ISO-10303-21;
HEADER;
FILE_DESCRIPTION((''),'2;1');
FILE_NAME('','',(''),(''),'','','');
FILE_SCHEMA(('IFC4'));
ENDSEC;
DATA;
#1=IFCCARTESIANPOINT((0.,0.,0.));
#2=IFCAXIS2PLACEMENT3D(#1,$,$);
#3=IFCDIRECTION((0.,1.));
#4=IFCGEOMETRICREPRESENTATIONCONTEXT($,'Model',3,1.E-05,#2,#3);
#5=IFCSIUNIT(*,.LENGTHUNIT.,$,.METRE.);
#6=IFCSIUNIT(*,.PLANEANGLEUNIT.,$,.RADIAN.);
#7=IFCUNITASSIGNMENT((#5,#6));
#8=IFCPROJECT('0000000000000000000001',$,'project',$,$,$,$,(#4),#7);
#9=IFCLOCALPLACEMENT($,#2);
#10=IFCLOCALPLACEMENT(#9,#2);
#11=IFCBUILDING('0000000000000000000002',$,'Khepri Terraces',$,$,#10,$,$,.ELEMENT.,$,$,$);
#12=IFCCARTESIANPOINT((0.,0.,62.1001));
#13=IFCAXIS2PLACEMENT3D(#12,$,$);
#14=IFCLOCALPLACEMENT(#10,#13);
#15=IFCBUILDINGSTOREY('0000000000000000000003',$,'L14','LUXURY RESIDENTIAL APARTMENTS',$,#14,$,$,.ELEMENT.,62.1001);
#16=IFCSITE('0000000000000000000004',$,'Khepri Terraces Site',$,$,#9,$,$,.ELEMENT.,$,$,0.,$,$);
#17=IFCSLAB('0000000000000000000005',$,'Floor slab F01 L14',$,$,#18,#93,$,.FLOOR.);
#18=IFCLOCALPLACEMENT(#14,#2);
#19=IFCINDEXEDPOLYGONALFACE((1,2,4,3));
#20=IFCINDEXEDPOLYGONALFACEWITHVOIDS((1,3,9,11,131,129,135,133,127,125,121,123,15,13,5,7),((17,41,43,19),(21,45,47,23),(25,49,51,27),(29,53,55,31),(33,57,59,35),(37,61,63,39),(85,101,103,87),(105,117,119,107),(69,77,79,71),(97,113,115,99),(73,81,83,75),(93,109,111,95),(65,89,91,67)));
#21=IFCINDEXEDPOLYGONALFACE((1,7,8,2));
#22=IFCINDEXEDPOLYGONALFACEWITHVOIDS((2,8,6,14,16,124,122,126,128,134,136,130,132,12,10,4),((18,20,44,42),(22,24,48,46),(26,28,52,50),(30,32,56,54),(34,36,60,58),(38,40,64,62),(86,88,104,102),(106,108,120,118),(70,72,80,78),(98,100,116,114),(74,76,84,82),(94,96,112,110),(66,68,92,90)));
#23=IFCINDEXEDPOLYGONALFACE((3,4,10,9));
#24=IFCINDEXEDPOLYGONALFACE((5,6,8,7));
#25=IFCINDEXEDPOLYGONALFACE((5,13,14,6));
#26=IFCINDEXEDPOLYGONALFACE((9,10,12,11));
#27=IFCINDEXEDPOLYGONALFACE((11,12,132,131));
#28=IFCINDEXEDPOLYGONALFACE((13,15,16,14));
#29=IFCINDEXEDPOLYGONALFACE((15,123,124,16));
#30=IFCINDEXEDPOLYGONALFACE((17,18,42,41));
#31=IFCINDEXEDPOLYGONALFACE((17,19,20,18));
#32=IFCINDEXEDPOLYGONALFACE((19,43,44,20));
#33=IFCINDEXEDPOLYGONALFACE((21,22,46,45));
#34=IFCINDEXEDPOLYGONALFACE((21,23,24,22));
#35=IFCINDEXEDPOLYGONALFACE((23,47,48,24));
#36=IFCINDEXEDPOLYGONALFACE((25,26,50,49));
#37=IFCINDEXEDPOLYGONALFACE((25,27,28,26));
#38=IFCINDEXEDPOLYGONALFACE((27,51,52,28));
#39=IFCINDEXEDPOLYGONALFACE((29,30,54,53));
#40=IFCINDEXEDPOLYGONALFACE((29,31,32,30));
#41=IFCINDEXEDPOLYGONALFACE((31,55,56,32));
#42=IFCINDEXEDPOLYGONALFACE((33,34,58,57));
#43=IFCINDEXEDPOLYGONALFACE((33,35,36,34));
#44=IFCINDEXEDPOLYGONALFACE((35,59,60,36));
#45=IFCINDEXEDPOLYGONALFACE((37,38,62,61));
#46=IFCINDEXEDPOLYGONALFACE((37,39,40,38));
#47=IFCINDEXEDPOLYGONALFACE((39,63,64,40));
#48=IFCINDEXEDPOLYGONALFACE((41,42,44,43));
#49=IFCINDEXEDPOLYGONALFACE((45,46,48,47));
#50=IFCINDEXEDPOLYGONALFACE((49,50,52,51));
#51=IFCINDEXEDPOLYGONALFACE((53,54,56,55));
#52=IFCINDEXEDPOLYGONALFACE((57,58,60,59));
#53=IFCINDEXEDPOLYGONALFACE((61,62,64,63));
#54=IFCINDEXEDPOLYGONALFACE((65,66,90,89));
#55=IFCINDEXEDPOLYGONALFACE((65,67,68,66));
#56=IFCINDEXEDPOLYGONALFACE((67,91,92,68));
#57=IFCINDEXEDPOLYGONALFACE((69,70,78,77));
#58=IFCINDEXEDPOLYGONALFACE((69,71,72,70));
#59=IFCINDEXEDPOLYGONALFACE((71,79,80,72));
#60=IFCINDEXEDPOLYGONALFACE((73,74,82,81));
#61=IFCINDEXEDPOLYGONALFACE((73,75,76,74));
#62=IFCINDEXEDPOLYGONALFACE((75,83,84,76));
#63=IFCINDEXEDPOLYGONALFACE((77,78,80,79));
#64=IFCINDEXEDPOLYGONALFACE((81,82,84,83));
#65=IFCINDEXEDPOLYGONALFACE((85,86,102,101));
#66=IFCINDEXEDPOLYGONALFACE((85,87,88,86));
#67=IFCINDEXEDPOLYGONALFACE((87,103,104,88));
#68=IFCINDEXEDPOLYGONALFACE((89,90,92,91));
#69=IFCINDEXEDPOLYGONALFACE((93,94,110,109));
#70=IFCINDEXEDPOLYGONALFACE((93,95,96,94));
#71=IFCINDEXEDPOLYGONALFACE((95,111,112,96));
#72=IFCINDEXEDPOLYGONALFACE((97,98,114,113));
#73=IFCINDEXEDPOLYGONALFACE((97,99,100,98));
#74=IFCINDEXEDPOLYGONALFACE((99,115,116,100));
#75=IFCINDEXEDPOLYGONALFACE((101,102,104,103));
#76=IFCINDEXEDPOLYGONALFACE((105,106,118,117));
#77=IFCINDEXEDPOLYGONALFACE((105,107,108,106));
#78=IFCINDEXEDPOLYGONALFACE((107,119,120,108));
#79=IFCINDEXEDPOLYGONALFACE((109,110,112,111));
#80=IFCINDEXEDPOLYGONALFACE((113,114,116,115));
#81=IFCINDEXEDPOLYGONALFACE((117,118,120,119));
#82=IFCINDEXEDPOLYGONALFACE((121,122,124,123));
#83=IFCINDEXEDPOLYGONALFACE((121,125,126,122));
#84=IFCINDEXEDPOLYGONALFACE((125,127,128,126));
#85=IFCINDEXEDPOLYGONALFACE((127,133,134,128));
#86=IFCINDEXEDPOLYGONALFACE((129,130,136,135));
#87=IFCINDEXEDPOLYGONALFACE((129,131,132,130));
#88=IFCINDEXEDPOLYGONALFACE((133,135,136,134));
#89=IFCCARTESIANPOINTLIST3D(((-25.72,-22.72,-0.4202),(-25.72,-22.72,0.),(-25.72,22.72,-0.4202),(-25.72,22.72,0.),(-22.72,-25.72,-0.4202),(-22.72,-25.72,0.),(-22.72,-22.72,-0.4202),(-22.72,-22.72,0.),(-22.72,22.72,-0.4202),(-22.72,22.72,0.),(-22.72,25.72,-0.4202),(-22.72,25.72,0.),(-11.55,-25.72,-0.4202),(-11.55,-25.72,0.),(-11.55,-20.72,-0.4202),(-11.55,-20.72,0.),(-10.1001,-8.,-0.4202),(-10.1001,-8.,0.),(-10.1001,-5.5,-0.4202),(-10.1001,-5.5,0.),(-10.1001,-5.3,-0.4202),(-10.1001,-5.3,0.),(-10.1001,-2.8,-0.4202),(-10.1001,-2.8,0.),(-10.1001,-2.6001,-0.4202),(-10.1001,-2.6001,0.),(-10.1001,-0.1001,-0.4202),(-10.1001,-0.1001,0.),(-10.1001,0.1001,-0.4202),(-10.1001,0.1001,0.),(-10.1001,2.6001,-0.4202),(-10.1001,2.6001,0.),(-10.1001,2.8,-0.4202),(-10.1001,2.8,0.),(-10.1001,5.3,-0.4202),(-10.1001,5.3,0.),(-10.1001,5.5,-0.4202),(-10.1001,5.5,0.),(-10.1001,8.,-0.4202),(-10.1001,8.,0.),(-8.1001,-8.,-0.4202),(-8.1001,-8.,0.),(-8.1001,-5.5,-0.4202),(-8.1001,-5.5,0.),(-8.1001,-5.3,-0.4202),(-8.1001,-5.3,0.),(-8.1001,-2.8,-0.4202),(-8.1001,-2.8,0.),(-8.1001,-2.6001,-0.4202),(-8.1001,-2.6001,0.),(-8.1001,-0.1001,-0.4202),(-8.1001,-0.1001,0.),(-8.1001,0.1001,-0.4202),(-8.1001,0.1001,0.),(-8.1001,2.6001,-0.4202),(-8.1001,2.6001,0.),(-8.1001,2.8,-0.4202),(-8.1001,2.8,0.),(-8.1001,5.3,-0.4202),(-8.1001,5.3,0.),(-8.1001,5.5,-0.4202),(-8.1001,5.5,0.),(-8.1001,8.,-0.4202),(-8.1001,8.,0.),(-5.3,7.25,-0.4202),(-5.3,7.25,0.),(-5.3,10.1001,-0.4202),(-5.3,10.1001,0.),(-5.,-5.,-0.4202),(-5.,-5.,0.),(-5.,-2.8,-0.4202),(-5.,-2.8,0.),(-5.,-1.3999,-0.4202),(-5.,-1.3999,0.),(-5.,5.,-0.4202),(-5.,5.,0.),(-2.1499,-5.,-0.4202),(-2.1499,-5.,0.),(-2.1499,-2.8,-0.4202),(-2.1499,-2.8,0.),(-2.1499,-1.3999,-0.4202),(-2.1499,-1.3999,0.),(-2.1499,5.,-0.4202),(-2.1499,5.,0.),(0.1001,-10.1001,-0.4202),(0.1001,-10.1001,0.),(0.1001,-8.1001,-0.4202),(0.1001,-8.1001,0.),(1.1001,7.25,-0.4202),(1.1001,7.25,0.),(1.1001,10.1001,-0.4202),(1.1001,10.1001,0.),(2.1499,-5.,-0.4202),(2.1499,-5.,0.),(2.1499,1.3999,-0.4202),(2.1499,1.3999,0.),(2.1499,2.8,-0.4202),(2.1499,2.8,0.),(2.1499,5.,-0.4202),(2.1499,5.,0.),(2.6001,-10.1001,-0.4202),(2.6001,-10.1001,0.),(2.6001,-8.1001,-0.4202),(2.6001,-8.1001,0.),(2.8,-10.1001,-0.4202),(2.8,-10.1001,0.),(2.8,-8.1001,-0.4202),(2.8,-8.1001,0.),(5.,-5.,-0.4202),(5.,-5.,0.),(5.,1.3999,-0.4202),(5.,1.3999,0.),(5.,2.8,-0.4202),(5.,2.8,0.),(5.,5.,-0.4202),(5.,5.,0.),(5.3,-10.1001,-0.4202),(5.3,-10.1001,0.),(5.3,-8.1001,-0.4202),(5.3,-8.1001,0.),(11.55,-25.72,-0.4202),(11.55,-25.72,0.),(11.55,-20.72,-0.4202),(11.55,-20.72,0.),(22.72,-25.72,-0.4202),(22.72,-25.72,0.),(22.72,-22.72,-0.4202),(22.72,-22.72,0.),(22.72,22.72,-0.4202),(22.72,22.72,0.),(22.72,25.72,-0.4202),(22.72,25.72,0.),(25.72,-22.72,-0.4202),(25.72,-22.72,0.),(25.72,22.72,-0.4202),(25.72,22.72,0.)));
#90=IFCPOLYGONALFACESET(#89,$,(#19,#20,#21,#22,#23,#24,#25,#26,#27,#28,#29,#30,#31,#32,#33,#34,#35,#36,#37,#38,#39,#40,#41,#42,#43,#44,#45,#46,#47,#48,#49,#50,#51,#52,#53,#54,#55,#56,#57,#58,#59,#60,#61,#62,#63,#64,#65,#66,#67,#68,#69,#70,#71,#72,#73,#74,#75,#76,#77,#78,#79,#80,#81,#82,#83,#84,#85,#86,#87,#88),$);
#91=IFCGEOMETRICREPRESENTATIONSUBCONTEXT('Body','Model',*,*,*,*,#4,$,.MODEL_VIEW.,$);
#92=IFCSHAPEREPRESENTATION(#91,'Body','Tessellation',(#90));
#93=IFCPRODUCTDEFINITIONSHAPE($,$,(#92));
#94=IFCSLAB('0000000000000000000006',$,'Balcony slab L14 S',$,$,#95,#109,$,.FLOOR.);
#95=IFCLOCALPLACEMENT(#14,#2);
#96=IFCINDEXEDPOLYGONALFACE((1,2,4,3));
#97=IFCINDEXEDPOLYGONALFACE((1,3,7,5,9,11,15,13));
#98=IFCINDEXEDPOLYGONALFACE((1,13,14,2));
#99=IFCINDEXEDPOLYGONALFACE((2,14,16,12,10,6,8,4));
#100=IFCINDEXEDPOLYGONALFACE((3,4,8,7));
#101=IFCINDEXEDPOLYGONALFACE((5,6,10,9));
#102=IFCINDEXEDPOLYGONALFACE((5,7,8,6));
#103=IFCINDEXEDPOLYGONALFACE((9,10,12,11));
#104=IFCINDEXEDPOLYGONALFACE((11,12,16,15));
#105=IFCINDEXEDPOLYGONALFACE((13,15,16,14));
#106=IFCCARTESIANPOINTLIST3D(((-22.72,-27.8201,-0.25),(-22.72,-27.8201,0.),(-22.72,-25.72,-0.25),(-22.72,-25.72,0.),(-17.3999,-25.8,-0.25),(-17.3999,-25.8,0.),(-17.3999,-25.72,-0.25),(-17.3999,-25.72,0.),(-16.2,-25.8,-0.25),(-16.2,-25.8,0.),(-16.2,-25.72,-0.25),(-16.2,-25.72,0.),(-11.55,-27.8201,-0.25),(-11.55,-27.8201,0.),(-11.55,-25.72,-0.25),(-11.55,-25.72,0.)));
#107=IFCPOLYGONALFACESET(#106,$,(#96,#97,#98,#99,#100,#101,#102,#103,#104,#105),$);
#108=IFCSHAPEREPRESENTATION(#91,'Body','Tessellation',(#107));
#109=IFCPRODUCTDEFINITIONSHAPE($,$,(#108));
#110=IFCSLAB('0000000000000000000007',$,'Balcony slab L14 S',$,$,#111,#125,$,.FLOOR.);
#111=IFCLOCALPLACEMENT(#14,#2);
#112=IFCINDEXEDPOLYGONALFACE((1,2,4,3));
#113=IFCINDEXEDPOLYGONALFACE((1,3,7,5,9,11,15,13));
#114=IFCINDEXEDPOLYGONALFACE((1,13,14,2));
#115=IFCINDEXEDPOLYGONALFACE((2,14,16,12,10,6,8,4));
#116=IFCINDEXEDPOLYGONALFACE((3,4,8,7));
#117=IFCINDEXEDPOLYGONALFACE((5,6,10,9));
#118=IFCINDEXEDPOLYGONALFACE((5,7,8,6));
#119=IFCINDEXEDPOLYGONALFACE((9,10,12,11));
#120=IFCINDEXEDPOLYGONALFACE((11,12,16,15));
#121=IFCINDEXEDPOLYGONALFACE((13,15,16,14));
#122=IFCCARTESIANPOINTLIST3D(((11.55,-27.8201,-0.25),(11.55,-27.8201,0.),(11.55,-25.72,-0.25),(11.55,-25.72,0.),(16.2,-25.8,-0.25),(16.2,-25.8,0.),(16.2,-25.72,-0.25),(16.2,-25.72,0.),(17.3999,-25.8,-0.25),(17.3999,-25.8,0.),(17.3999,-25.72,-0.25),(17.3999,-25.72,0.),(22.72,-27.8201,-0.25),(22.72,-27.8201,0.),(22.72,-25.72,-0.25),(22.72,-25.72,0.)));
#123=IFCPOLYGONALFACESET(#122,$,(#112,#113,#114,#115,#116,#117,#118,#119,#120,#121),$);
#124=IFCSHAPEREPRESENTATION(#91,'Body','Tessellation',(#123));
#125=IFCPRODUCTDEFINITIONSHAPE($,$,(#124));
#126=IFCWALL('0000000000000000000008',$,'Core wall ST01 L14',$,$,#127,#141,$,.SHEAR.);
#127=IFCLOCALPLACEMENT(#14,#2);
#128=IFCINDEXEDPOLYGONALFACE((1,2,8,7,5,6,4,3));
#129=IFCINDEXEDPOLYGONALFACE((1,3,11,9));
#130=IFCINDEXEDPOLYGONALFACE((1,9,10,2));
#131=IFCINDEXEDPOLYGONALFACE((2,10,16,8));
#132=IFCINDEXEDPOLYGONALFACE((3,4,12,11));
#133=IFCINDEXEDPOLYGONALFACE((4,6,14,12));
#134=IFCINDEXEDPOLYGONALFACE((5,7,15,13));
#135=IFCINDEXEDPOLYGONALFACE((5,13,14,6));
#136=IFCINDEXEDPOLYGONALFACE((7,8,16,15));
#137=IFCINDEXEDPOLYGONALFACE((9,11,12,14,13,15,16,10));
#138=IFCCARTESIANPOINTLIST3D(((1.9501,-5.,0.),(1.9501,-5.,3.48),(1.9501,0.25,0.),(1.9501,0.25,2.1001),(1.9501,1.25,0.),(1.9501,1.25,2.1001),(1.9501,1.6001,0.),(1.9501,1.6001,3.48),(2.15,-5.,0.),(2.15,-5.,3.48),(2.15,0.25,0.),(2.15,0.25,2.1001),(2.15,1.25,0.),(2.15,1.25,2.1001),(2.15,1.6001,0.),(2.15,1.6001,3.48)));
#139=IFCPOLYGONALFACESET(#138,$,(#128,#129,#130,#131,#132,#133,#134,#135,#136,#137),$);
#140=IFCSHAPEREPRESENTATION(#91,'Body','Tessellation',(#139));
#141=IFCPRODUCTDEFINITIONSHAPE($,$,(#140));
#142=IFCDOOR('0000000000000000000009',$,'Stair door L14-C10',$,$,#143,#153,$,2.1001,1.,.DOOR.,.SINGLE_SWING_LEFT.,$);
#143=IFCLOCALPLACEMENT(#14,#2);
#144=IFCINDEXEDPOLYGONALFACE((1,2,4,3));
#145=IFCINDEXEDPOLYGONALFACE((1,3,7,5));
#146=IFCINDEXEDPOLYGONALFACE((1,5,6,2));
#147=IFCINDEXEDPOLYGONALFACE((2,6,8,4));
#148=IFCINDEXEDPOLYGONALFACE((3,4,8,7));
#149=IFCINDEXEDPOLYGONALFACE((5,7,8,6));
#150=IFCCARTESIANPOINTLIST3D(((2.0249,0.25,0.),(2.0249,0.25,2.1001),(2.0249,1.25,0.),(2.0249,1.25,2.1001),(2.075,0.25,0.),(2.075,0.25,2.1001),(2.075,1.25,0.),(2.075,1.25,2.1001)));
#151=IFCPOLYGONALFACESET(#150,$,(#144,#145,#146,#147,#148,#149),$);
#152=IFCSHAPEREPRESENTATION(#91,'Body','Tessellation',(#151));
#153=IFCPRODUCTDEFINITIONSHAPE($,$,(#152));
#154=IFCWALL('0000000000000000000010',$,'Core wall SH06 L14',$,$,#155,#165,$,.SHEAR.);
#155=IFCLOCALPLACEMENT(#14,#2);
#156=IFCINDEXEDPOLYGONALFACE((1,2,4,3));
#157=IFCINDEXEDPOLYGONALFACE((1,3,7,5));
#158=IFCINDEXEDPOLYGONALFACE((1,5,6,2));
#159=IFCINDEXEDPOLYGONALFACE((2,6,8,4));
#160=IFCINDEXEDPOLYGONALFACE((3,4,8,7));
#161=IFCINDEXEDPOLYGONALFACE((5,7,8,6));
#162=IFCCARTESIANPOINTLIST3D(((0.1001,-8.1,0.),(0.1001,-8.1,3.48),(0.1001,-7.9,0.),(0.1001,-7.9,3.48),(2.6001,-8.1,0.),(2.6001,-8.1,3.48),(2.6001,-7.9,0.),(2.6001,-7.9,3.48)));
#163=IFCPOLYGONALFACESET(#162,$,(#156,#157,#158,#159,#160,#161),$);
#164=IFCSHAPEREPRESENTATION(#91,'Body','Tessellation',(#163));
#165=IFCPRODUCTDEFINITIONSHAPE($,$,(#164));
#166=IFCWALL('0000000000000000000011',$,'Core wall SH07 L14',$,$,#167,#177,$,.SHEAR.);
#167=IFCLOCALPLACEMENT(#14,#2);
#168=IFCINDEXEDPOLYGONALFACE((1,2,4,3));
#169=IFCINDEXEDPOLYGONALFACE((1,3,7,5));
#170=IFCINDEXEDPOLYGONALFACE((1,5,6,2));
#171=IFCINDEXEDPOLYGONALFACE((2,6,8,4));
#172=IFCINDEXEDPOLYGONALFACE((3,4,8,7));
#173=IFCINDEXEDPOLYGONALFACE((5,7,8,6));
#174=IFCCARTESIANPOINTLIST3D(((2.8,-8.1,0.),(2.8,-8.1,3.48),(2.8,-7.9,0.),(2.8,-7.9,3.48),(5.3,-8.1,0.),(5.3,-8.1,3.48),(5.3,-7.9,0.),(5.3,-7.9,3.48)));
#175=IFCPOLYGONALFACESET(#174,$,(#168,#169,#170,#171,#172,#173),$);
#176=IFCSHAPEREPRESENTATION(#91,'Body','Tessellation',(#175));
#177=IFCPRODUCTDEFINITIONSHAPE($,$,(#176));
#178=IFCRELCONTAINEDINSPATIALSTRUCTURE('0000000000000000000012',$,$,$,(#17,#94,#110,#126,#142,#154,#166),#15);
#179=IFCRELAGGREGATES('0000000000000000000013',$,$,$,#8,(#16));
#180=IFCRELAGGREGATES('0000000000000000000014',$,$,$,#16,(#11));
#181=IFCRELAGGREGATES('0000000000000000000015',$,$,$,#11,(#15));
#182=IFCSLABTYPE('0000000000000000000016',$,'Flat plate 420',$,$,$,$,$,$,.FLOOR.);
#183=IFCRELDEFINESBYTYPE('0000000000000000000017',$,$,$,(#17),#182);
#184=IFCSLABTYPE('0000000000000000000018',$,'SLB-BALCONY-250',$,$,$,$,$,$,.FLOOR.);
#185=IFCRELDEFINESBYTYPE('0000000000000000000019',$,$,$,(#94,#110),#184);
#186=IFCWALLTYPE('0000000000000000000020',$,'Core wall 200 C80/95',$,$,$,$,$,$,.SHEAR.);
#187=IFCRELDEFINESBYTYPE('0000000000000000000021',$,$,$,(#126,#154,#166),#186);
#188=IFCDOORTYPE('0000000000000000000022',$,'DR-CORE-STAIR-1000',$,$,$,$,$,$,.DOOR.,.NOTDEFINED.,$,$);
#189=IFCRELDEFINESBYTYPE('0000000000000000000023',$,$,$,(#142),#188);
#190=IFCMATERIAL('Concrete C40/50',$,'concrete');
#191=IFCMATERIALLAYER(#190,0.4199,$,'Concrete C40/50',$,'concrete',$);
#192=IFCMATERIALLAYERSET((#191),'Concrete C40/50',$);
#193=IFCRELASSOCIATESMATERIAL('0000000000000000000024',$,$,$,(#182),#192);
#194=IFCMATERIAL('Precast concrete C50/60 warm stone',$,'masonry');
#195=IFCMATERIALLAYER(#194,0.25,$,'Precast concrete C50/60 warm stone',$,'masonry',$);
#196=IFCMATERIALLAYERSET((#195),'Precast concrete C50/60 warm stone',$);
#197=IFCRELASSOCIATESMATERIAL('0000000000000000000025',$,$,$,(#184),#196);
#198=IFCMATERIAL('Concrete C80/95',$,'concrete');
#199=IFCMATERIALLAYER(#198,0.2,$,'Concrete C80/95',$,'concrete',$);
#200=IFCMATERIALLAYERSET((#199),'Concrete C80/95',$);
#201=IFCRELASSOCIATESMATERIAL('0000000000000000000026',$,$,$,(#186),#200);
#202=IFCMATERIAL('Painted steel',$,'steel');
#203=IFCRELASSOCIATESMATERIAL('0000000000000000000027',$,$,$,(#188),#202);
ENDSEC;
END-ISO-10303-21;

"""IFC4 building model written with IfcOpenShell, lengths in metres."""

from ifc_helpers import new_model, si_unit, direction, frame, frame_2d, origin, place, context, subcontext, project, spatial, polyline, rectangle, outline, extrude, material, layer, layer_set, type_object, element, fill, save


model = new_model("IFC4")

# Units and contexts
model_context = context("Model", 3, precision=1e-05, world=origin(), true_north=direction((0.0, 1.0)))
body_context = subcontext(model_context, "Body", "Model", "MODEL_VIEW")
ifc_project = project(units=[si_unit("LENGTHUNIT", "METRE"), si_unit("PLANEANGLEUNIT", "RADIAN")], contexts=[model_context])

# Site, building, storey
site_placement = place(None, origin())
site = spatial("IfcSite", under=ifc_project, at=site_placement, Name="Khepri Terraces Site", CompositionType="ELEMENT", RefElevation=0.0)
building_placement = place(site_placement, origin())
building = spatial("IfcBuilding", under=site, at=building_placement, Name="Khepri Terraces", CompositionType="ELEMENT")
storey_placement = place(building_placement, frame((0.0, 0.0, 62.1001)))
storey = spatial("IfcBuildingStorey", under=building, at=storey_placement, Name="L14", Description="LUXURY RESIDENTIAL APARTMENTS", CompositionType="ELEMENT", Elevation=62.1001)

# Slabs
ifc_material_1 = material(Name="Concrete C40/50", Category="concrete")
ifc_layer_1 = layer(ifc_material_1, 0.4199, Name="Concrete C40/50", Category="concrete")
ifc_layer_set_1 = layer_set([ifc_layer_1], Name="Concrete C40/50")
slab_type_1 = type_object("IfcSlabType", Name="Flat plate 420", PredefinedType="FLOOR", material=ifc_layer_set_1)
slab_1_placement = place(storey_placement, frame((0.0, 0.0, -0.4202)))
element("IfcSlab", 1, at=slab_1_placement, inside=storey, type_object=slab_type_1, Name="Floor slab F01 L14", PredefinedType="FLOOR", context=body_context, shape_type="SweptSolid", body=[
    extrude(outline(polyline([(22.72, 22.72), (25.72, 22.72), (25.72, -22.72), (22.72, -22.72), (22.72, -25.72), (11.55, -25.72), (11.55, -20.72), (-11.55, -20.72), (-11.55, -25.72), (-22.72, -25.72), (-22.72, -22.72), (-25.72, -22.72), (-25.72, 22.72), (-22.72, 22.72), (-22.72, 25.72), (22.72, 25.72), (22.72, 22.72)]), holes=[polyline([(5.0, 5.0), (2.1499, 5.0), (2.1499, 2.8), (5.0, 2.8), (5.0, 5.0)]), polyline([(-2.1499, -5.0), (-2.1499, -2.8), (-5.0, -2.8), (-5.0, -5.0), (-2.1499, -5.0)]), polyline([(-10.1001, -8.0), (-8.1001, -8.0), (-8.1001, -5.5), (-10.1001, -5.5), (-10.1001, -8.0)]), polyline([(-10.1001, -2.8), (-10.1001, -5.3), (-8.1001, -5.3), (-8.1001, -2.8), (-10.1001, -2.8)]), polyline([(-8.1001, -0.1001), (-10.1001, -0.1001), (-10.1001, -2.6001), (-8.1001, -2.6001), (-8.1001, -0.1001)]), polyline([(-8.1001, 0.1001), (-8.1001, 2.6001), (-10.1001, 2.6001), (-10.1001, 0.1001), (-8.1001, 0.1001)]), polyline([(-10.1001, 2.8), (-8.1001, 2.8), (-8.1001, 5.3), (-10.1001, 5.3), (-10.1001, 2.8)]), polyline([(-10.1001, 8.0), (-10.1001, 5.5), (-8.1001, 5.5), (-8.1001, 8.0), (-10.1001, 8.0)]), polyline([(2.6001, -8.1001), (0.1001, -8.1001), (0.1001, -10.1001), (2.6001, -10.1001), (2.6001, -8.1001)]), polyline([(5.3, -10.1001), (5.3, -8.1001), (2.8, -8.1001), (2.8, -10.1001), (5.3, -10.1001)]), polyline([(-5.0, -1.3999), (-2.1499, -1.3999), (-2.1499, 5.0), (-5.0, 5.0), (-5.0, -1.3999)]), polyline([(5.0, -5.0), (5.0, 1.3999), (2.1499, 1.3999), (2.1499, -5.0), (5.0, -5.0)]), polyline([(-5.3, 10.1001), (-5.3, 7.25), (1.1001, 7.25), (1.1001, 10.1001), (-5.3, 10.1001)])]), origin(), (0.0, 0.0, 1.0), 0.4202),
])
ifc_material_2 = material(Name="Precast concrete C50/60 warm stone", Category="masonry")
ifc_layer_2 = layer(ifc_material_2, 0.25, Name="Precast concrete C50/60 warm stone", Category="masonry")
ifc_layer_set_2 = layer_set([ifc_layer_2], Name="Precast concrete C50/60 warm stone")
slab_type_2 = type_object("IfcSlabType", Name="SLB-BALCONY-250", PredefinedType="FLOOR", material=ifc_layer_set_2)
slab_2_placement = place(storey_placement, frame((0.0, 0.0, -0.25)))
element("IfcSlab", 2, at=slab_2_placement, inside=storey, type_object=slab_type_2, Name="Balcony slab L14 S", PredefinedType="FLOOR", context=body_context, shape_type="SweptSolid", body=[
    extrude(outline(polyline([(-17.3999, -25.72), (-22.72, -25.72), (-22.72, -27.8201), (-11.55, -27.8201), (-11.55, -25.72), (-16.2, -25.72), (-16.2, -25.8), (-17.3999, -25.8), (-17.3999, -25.72)])), origin(), (0.0, 0.0, 1.0), 0.25),
])
slab_3_placement = place(storey_placement, frame((0.0, 0.0, -0.25)))
element("IfcSlab", 3, at=slab_3_placement, inside=storey, type_object=slab_type_2, Name="Balcony slab L14 S", PredefinedType="FLOOR", context=body_context, shape_type="SweptSolid", body=[
    extrude(outline(polyline([(16.2, -25.72), (11.55, -25.72), (11.55, -27.8201), (22.72, -27.8201), (22.72, -25.72), (17.3999, -25.72), (17.3999, -25.8), (16.2, -25.8), (16.2, -25.72)])), origin(), (0.0, 0.0, 1.0), 0.25),
])

# Wall, opening, door
ifc_material_3 = material(Name="Concrete C80/95", Category="concrete")
ifc_layer_3 = layer(ifc_material_3, 0.2, Name="Concrete C80/95", Category="concrete")
ifc_layer_set_3 = layer_set([ifc_layer_3], Name="Concrete C80/95")
wall_type_1 = type_object("IfcWallType", Name="Core wall 200 C80/95", PredefinedType="SHEAR", material=ifc_layer_set_3)
wall_1_placement = place(storey_placement, frame((2.05, -5.0, 0.0), z_axis=(0.0, 0.0, 1.0), x_axis=(0.0, 1.0, 0.0)))
wall_1 = element("IfcWall", 4, at=wall_1_placement, inside=storey, type_object=wall_type_1, Name="Core wall ST01 L14", PredefinedType="SHEAR", context=body_context, shape_type="SweptSolid", body=[
    extrude(rectangle(XDim=6.6001, YDim=0.2, at=frame_2d((3.3, 0.0))), origin(), (0.0, 0.0, 1.0), 3.48),
])
opening_1_placement = place(wall_1_placement, frame((5.25, 0.0, 0.0)))
opening_1 = element("IfcOpeningElement", 5, at=opening_1_placement, cuts=wall_1, PredefinedType="OPENING", context=body_context, shape_type="SweptSolid", body=[
    extrude(rectangle(XDim=1.0, YDim=2.1001, at=frame_2d((0.5, 1.05))), frame((0.0, 0.1099, 0.0), z_axis=(0.0, -1.0, 0.0), x_axis=(1.0, 0.0, 0.0)), (0.0, 0.0, 1.0), 0.22),
])
ifc_material_4 = material(Name="Painted steel", Category="steel")
door_type_1 = type_object("IfcDoorType", Name="DR-CORE-STAIR-1000", OperationType="NOTDEFINED", PredefinedType="DOOR", material=ifc_material_4)
door_1_placement = place(opening_1_placement, frame((1.0, 0.0, 0.0), z_axis=(0.0, 0.0, 1.0), x_axis=(-1.0, 0.0, 0.0)))
door_1 = element("IfcDoor", 6, at=door_1_placement, inside=storey, type_object=door_type_1, Name="Stair door L14-C10", OperationType="SINGLE_SWING_LEFT", OverallHeight=2.1001, OverallWidth=1.0, PredefinedType="DOOR", context=body_context, shape_type="SweptSolid", body=[
    extrude(rectangle(XDim=1.0, YDim=2.1001, at=frame_2d((0.5, 1.05))), frame((0.0, 0.0249, 0.0), z_axis=(0.0, -1.0, 0.0), x_axis=(1.0, 0.0, 0.0)), (0.0, 0.0, 1.0), 0.05),
])
fill(opening_1, door_1)

# Walls
for number, where, z_axis, x_axis, name in (
    (7, (0.1001, -8.0, 0.0), (0.0, 0.0, 1.0), (1.0, 0.0, 0.0), "Core wall SH06 L14"),
    (8, (2.8, -8.0, 0.0), (0.0, 0.0, 1.0), (1.0, 0.0, 0.0), "Core wall SH07 L14"),
):
    element("IfcWall", number, at=place(storey_placement, frame(where, z_axis=z_axis, x_axis=x_axis)), inside=storey, type_object=wall_type_1, Name=name, PredefinedType="SHEAR", context=body_context, shape_type="SweptSolid", body=[
        extrude(rectangle(XDim=2.5, YDim=0.2, at=frame_2d((1.25, 0.0))), origin(), (0.0, 0.0, 1.0), 3.48),
    ])

save(model, "model.ifc")
